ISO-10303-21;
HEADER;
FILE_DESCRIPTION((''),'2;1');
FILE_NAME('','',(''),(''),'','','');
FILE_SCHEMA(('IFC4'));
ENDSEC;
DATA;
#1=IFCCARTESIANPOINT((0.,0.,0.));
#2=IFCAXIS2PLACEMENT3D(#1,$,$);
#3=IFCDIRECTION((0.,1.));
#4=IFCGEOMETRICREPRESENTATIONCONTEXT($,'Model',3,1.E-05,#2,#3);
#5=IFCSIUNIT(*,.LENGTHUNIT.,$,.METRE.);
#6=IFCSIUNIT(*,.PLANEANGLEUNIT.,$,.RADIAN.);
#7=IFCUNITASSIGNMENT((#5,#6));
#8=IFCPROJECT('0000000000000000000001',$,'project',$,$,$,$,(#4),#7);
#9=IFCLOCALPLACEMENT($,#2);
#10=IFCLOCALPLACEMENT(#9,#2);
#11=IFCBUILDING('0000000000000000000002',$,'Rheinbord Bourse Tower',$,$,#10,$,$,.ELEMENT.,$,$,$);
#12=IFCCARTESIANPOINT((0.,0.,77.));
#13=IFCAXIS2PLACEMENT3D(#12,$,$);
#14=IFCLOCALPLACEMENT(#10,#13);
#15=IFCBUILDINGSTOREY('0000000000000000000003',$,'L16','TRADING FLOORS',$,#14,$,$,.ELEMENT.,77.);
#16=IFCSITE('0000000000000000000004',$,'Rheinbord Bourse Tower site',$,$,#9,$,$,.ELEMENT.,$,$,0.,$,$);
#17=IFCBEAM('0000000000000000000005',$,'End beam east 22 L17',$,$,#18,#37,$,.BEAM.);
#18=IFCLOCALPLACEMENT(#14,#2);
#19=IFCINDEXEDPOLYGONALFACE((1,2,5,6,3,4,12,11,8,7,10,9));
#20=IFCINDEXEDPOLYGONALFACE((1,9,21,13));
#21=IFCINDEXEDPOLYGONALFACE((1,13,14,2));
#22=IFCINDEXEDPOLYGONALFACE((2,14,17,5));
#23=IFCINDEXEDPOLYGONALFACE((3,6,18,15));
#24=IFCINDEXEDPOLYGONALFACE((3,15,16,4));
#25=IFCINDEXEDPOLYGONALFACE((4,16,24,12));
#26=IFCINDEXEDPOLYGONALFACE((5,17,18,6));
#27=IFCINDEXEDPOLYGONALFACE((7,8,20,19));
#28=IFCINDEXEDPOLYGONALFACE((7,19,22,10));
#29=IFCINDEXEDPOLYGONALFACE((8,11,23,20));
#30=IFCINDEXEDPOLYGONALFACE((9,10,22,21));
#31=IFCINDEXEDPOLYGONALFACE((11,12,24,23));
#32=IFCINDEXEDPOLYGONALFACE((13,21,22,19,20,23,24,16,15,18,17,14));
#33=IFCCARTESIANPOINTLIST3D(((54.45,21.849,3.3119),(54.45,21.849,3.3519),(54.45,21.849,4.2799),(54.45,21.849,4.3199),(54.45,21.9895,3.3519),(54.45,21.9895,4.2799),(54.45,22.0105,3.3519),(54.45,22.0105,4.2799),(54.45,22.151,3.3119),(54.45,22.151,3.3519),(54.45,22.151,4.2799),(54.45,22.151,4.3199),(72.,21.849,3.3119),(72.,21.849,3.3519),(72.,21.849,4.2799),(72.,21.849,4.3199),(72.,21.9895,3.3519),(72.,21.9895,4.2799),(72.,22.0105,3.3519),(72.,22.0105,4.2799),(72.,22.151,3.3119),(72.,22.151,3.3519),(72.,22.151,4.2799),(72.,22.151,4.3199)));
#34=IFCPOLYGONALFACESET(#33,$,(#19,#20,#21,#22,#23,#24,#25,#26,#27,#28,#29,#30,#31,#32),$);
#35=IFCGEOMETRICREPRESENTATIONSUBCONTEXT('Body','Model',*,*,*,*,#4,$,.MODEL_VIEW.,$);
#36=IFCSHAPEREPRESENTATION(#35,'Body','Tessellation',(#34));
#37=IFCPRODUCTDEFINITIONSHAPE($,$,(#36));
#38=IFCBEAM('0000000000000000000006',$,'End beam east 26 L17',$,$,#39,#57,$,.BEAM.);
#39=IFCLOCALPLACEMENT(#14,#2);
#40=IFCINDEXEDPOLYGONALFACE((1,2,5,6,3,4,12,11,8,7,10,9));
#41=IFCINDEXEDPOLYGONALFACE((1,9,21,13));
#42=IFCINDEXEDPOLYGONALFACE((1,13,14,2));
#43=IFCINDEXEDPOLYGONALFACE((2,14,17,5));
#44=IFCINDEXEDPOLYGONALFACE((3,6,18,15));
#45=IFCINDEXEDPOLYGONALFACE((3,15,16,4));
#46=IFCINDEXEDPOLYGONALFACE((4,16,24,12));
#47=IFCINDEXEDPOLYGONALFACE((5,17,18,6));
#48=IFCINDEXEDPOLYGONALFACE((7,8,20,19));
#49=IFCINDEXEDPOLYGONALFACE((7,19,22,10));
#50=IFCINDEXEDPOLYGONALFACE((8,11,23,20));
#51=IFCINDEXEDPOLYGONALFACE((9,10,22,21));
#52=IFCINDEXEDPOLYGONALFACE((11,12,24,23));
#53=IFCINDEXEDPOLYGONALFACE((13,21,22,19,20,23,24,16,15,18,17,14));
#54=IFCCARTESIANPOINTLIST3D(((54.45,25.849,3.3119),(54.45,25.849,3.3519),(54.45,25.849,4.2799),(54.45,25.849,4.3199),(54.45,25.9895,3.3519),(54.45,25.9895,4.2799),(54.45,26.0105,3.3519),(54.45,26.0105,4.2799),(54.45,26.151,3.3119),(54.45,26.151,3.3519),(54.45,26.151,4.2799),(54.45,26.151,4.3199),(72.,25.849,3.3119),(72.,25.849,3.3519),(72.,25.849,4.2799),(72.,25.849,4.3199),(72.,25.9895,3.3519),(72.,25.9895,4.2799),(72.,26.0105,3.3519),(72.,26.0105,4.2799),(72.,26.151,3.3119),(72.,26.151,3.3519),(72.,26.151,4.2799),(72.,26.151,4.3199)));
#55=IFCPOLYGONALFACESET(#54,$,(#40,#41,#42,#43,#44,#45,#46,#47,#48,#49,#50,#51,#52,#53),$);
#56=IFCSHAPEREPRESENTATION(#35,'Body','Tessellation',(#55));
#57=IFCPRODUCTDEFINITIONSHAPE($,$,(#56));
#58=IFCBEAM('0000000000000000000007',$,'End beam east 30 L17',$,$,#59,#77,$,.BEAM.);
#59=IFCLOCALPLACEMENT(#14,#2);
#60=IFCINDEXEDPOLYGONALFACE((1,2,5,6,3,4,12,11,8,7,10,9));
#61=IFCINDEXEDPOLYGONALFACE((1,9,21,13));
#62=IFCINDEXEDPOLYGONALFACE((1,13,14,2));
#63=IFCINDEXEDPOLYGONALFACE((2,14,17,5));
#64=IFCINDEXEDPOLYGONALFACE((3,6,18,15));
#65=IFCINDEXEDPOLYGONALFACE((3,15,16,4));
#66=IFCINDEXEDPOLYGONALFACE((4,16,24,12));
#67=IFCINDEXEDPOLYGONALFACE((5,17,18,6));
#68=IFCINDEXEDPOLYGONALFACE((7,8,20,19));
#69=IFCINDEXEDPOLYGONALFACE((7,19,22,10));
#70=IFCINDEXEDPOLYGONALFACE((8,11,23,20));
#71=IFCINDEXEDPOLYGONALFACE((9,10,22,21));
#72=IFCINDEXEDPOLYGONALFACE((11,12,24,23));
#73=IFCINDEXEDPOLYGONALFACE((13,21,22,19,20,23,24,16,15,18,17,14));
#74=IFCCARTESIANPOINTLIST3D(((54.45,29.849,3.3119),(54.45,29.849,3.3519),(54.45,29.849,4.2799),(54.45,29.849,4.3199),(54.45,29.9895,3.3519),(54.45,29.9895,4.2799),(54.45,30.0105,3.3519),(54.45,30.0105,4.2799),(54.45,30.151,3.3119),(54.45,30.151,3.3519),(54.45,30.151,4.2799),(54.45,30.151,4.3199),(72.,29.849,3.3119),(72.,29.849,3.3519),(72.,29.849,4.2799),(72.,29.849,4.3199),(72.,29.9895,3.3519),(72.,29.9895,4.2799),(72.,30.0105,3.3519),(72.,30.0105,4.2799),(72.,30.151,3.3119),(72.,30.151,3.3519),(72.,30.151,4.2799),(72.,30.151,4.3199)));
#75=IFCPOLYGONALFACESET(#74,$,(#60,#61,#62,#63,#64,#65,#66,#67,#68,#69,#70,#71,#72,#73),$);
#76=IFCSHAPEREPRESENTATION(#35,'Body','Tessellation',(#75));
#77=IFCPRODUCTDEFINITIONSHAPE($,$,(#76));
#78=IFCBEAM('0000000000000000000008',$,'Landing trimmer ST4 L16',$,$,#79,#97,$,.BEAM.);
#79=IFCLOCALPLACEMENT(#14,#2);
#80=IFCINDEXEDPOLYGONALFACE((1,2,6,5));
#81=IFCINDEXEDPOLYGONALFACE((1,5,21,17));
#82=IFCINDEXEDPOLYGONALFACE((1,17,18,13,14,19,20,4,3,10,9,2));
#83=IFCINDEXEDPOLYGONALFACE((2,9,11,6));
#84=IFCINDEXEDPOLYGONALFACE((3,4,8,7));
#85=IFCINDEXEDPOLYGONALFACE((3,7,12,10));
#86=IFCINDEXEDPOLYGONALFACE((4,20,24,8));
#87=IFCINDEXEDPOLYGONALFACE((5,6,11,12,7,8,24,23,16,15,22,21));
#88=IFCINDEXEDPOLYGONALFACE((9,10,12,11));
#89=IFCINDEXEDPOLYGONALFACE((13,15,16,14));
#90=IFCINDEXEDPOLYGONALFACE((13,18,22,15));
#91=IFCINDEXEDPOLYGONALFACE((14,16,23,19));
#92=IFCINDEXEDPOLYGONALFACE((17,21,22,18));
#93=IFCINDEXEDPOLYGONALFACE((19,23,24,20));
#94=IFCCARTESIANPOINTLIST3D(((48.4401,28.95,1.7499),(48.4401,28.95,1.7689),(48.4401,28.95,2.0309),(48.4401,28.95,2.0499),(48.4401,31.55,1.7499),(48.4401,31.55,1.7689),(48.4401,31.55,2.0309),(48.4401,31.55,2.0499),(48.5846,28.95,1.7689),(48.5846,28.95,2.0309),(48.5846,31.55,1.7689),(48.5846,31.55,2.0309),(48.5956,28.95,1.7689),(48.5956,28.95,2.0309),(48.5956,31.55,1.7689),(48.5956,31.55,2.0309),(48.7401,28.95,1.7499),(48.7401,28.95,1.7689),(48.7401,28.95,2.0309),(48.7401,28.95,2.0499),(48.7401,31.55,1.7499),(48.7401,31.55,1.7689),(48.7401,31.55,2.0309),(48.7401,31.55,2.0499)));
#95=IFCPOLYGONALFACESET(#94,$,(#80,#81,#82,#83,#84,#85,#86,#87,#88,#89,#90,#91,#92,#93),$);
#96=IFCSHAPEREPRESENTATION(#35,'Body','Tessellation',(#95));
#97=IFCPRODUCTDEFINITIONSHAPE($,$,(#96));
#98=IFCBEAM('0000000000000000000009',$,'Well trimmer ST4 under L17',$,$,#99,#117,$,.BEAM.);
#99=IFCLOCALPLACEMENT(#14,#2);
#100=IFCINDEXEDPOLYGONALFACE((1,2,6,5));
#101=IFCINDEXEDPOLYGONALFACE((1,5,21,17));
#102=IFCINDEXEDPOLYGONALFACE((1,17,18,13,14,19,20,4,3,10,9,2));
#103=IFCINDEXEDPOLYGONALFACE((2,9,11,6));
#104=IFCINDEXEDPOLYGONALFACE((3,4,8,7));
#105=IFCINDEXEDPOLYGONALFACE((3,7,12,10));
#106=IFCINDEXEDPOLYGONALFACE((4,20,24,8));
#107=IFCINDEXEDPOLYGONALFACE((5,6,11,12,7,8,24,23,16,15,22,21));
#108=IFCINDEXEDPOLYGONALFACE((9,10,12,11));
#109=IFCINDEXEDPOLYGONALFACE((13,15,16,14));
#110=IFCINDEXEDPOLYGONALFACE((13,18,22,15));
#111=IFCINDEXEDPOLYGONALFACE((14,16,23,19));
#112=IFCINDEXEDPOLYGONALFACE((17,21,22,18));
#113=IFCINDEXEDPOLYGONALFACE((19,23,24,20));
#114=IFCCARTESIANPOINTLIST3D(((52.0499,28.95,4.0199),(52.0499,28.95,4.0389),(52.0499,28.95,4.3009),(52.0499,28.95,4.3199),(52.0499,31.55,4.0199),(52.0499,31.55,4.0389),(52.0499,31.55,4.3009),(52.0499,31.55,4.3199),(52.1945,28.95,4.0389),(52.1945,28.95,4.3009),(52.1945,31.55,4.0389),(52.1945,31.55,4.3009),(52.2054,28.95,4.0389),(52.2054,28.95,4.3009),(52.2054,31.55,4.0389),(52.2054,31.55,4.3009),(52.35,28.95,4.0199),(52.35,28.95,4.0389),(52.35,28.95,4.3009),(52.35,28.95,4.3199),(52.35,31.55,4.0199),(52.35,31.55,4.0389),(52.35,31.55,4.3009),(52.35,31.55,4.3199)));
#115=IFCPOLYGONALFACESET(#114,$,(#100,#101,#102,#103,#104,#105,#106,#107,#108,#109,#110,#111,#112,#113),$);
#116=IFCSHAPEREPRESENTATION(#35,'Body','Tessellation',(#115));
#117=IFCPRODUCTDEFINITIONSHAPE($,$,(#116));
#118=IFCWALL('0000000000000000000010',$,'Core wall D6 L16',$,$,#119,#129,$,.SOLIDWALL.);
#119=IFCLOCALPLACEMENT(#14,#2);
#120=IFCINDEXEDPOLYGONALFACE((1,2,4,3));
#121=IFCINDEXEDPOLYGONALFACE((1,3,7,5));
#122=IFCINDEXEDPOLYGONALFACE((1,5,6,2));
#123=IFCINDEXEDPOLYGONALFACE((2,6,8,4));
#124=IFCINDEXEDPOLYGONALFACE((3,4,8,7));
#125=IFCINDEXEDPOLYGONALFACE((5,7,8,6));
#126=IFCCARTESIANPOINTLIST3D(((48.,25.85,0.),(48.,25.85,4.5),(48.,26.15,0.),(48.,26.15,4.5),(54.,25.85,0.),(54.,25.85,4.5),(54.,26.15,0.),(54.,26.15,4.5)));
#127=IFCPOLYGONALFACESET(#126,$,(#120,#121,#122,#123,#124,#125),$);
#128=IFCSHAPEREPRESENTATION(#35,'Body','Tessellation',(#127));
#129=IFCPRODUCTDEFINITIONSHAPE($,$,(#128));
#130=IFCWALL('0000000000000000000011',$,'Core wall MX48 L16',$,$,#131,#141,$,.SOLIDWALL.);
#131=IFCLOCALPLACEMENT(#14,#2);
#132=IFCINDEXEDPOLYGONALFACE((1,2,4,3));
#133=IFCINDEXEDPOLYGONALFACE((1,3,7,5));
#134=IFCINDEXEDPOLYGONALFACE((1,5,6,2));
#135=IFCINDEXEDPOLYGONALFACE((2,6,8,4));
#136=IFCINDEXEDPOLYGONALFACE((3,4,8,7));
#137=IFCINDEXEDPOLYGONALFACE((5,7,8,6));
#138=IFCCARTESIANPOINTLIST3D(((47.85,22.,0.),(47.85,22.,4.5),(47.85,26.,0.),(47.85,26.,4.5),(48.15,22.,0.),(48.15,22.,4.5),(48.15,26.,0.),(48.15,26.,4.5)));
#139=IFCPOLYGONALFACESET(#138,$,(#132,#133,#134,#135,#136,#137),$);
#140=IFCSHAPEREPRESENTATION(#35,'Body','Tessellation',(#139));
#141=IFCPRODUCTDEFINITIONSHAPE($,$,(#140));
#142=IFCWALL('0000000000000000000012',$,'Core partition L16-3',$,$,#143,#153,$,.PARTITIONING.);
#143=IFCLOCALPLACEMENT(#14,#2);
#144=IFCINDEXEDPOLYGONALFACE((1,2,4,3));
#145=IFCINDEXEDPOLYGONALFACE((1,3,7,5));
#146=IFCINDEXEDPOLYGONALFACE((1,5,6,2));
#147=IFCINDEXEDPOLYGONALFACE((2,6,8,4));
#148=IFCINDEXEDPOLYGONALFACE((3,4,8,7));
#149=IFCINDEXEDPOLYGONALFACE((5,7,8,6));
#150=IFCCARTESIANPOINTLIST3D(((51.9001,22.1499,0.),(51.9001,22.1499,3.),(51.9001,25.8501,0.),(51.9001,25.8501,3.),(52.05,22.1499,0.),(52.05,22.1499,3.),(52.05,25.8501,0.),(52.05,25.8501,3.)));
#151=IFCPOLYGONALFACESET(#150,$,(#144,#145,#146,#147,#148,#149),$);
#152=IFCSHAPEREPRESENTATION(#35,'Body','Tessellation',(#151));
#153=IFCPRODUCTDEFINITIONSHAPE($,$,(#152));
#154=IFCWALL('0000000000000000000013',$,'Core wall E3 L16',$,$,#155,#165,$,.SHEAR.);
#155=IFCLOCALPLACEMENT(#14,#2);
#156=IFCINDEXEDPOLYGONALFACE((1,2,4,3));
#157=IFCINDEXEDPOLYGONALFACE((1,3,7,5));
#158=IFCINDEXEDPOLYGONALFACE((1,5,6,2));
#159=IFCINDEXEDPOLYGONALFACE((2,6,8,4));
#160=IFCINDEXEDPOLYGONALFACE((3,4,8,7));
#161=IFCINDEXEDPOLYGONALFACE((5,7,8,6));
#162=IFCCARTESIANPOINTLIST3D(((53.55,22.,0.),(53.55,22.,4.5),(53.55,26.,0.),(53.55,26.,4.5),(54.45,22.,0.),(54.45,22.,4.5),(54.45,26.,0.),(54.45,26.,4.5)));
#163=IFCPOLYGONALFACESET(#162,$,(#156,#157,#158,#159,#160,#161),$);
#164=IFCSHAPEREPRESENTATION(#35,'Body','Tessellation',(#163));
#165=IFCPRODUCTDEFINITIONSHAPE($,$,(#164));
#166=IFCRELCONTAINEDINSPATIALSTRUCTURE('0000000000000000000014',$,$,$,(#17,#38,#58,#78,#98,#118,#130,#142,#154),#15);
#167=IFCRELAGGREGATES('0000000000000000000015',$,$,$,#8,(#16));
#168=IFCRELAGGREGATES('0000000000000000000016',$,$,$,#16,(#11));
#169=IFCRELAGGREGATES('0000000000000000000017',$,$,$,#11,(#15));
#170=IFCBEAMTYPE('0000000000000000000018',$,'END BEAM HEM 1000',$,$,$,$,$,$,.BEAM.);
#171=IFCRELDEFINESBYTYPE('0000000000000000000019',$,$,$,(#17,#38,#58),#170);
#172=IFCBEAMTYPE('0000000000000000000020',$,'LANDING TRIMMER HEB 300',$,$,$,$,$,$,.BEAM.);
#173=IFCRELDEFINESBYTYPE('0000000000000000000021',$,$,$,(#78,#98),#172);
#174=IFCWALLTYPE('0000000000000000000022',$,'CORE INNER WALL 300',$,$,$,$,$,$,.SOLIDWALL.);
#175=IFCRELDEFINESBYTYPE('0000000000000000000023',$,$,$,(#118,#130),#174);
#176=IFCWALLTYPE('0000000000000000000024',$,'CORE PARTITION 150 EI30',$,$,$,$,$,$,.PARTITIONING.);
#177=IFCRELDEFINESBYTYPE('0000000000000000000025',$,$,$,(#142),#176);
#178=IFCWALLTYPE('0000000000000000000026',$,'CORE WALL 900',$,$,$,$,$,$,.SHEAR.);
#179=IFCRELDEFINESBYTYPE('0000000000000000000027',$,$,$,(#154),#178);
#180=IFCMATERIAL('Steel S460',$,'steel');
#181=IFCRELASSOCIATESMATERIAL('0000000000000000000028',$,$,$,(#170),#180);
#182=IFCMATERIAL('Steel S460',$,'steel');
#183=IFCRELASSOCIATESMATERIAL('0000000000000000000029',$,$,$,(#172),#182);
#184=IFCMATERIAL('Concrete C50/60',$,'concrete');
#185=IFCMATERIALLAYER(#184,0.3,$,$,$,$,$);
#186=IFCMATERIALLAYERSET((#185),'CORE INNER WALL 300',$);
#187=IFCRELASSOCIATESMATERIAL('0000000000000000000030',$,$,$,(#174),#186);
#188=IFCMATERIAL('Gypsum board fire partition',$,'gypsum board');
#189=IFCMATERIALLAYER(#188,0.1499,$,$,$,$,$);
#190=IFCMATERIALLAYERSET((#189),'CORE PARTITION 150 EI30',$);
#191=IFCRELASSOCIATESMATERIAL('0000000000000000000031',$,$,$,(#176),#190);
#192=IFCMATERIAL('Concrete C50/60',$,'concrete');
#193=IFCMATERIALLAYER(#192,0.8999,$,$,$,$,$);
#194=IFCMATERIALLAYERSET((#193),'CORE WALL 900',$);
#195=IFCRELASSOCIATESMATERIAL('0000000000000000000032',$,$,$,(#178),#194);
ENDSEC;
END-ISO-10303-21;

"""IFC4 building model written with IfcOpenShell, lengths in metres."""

from ifc_helpers import new_model, si_unit, direction, frame, frame_2d, origin, origin_2d, place, context, subcontext, project, spatial, rectangle, i_section, extrude, material, layer, layer_set, material_profile, profile_set, type_object, element, save


model = new_model("IFC4")

# Units and contexts
model_context = context("Model", 3, precision=1e-05, world=origin(), true_north=direction((0.0, 1.0)))
body_context = subcontext(model_context, "Body", "Model", "MODEL_VIEW")
ifc_project = project(units=[si_unit("LENGTHUNIT", "METRE"), si_unit("PLANEANGLEUNIT", "RADIAN")], contexts=[model_context])

# Site, building, storey
site_placement = place(None, origin())
site = spatial("IfcSite", under=ifc_project, at=site_placement, Name="Rheinbord Bourse Tower site", CompositionType="ELEMENT", RefElevation=0.0)
building_placement = place(site_placement, origin())
building = spatial("IfcBuilding", under=site, at=building_placement, Name="Rheinbord Bourse Tower", CompositionType="ELEMENT")
storey_placement = place(building_placement, frame((0.0, 0.0, 77.0)))
storey = spatial("IfcBuildingStorey", under=building, at=storey_placement, Name="L16", Description="TRADING FLOORS", CompositionType="ELEMENT", Elevation=77.0)

# Beams
ifc_material_1 = material(Name="Steel S460", Category="steel")
ifc_material_profile_1 = material_profile(ifc_material_1, i_section(OverallWidth=0.302, OverallDepth=1.0081, WebThickness=0.021, FlangeThickness=0.04, at=origin_2d()), Name="HEM 1000")
ifc_profile_set_1 = profile_set([ifc_material_profile_1], Name="Steel S460")
beam_type_1 = type_object("IfcBeamType", Name="END BEAM HEM 1000", PredefinedType="BEAM", material=ifc_profile_set_1)
for number, where, z_axis, x_axis, name in (
    (1, (54.45, 22.0, 3.8159), (1.0, 0.0, 0.0), (0.0, 1.0, 0.0), "End beam east 22 L17"),
    (2, (54.45, 26.0, 3.8159), (1.0, 0.0, 0.0), (0.0, 1.0, 0.0), "End beam east 26 L17"),
    (3, (54.45, 30.0, 3.8159), (1.0, 0.0, 0.0), (0.0, 1.0, 0.0), "End beam east 30 L17"),
):
    element("IfcBeam", number, at=place(storey_placement, frame(where, z_axis=z_axis, x_axis=x_axis)), inside=storey, type_object=beam_type_1, Name=name, PredefinedType="BEAM", context=body_context, shape_type="SweptSolid", body=[
        extrude(i_section(OverallWidth=0.302, OverallDepth=1.0081, WebThickness=0.021, FlangeThickness=0.04, at=origin_2d()), origin(), (0.0, 0.0, 1.0), 17.55),
    ])
ifc_material_2 = material(Name="Steel S460", Category="steel")
ifc_material_profile_2 = material_profile(ifc_material_2, i_section(OverallWidth=0.3, OverallDepth=0.3, WebThickness=0.011, FlangeThickness=0.019, at=origin_2d()), Name="HEB 300")
ifc_profile_set_2 = profile_set([ifc_material_profile_2], Name="Steel S460")
beam_type_2 = type_object("IfcBeamType", Name="LANDING TRIMMER HEB 300", PredefinedType="BEAM", material=ifc_profile_set_2)
for number, where, z_axis, x_axis, name in (
    (4, (48.5901, 28.95, 1.8999), (0.0, 1.0, 0.0), (-1.0, 0.0, 0.0), "Landing trimmer ST4 L16"),
    (5, (52.2, 28.95, 4.1699), (0.0, 1.0, 0.0), (-1.0, 0.0, 0.0), "Well trimmer ST4 under L17"),
):
    element("IfcBeam", number, at=place(storey_placement, frame(where, z_axis=z_axis, x_axis=x_axis)), inside=storey, type_object=beam_type_2, Name=name, PredefinedType="BEAM", context=body_context, shape_type="SweptSolid", body=[
        extrude(i_section(OverallWidth=0.3, OverallDepth=0.3, WebThickness=0.011, FlangeThickness=0.019, at=origin_2d()), origin(), (0.0, 0.0, 1.0), 2.6001),
    ])

# Walls
ifc_material_3 = material(Name="Concrete C50/60", Category="concrete")
ifc_layer_1 = layer(ifc_material_3, 0.3)
ifc_layer_set_1 = layer_set([ifc_layer_1], Name="CORE INNER WALL 300")
wall_type_1 = type_object("IfcWallType", Name="CORE INNER WALL 300", PredefinedType="SOLIDWALL", material=ifc_layer_set_1)
wall_1_placement = place(storey_placement, frame((48.0, 26.0, 0.0), z_axis=(0.0, 0.0, 1.0), x_axis=(1.0, 0.0, 0.0)))
element("IfcWall", 6, at=wall_1_placement, inside=storey, type_object=wall_type_1, Name="Core wall D6 L16", PredefinedType="SOLIDWALL", context=body_context, shape_type="SweptSolid", body=[
    extrude(rectangle(XDim=6.0, YDim=0.3, at=frame_2d((3.0, 0.0))), origin(), (0.0, 0.0, 1.0), 4.5),
])
wall_2_placement = place(storey_placement, frame((48.0, 22.0, 0.0), z_axis=(0.0, 0.0, 1.0), x_axis=(0.0, 1.0, 0.0)))
element("IfcWall", 7, at=wall_2_placement, inside=storey, type_object=wall_type_1, Name="Core wall MX48 L16", PredefinedType="SOLIDWALL", context=body_context, shape_type="SweptSolid", body=[
    extrude(rectangle(XDim=4.0, YDim=0.3, at=frame_2d((2.0, 0.0))), origin(), (0.0, 0.0, 1.0), 4.5),
])
ifc_material_4 = material(Name="Gypsum board fire partition", Category="gypsum board")
ifc_layer_2 = layer(ifc_material_4, 0.1499)
ifc_layer_set_2 = layer_set([ifc_layer_2], Name="CORE PARTITION 150 EI30")
wall_type_2 = type_object("IfcWallType", Name="CORE PARTITION 150 EI30", PredefinedType="PARTITIONING", material=ifc_layer_set_2)
wall_3_placement = place(storey_placement, frame((51.9751, 22.1499, 0.0), z_axis=(0.0, 0.0, 1.0), x_axis=(0.0, 1.0, 0.0)))
element("IfcWall", 8, at=wall_3_placement, inside=storey, type_object=wall_type_2, Name="Core partition L16-3", PredefinedType="PARTITIONING", context=body_context, shape_type="SweptSolid", body=[
    extrude(rectangle(XDim=3.7002, YDim=0.1499, at=frame_2d((1.8501, 0.0))), origin(), (0.0, 0.0, 1.0), 3.0),
])
ifc_material_5 = material(Name="Concrete C50/60", Category="concrete")
ifc_layer_3 = layer(ifc_material_5, 0.8999)
ifc_layer_set_3 = layer_set([ifc_layer_3], Name="CORE WALL 900")
wall_type_3 = type_object("IfcWallType", Name="CORE WALL 900", PredefinedType="SHEAR", material=ifc_layer_set_3)
wall_4_placement = place(storey_placement, frame((54.0, 22.0, 0.0), z_axis=(0.0, 0.0, 1.0), x_axis=(0.0, 1.0, 0.0)))
element("IfcWall", 9, at=wall_4_placement, inside=storey, type_object=wall_type_3, Name="Core wall E3 L16", PredefinedType="SHEAR", context=body_context, shape_type="SweptSolid", body=[
    extrude(rectangle(XDim=4.0, YDim=0.8999, at=frame_2d((2.0, 0.0))), origin(), (0.0, 0.0, 1.0), 4.5),
])

save(model, "model.ifc")
